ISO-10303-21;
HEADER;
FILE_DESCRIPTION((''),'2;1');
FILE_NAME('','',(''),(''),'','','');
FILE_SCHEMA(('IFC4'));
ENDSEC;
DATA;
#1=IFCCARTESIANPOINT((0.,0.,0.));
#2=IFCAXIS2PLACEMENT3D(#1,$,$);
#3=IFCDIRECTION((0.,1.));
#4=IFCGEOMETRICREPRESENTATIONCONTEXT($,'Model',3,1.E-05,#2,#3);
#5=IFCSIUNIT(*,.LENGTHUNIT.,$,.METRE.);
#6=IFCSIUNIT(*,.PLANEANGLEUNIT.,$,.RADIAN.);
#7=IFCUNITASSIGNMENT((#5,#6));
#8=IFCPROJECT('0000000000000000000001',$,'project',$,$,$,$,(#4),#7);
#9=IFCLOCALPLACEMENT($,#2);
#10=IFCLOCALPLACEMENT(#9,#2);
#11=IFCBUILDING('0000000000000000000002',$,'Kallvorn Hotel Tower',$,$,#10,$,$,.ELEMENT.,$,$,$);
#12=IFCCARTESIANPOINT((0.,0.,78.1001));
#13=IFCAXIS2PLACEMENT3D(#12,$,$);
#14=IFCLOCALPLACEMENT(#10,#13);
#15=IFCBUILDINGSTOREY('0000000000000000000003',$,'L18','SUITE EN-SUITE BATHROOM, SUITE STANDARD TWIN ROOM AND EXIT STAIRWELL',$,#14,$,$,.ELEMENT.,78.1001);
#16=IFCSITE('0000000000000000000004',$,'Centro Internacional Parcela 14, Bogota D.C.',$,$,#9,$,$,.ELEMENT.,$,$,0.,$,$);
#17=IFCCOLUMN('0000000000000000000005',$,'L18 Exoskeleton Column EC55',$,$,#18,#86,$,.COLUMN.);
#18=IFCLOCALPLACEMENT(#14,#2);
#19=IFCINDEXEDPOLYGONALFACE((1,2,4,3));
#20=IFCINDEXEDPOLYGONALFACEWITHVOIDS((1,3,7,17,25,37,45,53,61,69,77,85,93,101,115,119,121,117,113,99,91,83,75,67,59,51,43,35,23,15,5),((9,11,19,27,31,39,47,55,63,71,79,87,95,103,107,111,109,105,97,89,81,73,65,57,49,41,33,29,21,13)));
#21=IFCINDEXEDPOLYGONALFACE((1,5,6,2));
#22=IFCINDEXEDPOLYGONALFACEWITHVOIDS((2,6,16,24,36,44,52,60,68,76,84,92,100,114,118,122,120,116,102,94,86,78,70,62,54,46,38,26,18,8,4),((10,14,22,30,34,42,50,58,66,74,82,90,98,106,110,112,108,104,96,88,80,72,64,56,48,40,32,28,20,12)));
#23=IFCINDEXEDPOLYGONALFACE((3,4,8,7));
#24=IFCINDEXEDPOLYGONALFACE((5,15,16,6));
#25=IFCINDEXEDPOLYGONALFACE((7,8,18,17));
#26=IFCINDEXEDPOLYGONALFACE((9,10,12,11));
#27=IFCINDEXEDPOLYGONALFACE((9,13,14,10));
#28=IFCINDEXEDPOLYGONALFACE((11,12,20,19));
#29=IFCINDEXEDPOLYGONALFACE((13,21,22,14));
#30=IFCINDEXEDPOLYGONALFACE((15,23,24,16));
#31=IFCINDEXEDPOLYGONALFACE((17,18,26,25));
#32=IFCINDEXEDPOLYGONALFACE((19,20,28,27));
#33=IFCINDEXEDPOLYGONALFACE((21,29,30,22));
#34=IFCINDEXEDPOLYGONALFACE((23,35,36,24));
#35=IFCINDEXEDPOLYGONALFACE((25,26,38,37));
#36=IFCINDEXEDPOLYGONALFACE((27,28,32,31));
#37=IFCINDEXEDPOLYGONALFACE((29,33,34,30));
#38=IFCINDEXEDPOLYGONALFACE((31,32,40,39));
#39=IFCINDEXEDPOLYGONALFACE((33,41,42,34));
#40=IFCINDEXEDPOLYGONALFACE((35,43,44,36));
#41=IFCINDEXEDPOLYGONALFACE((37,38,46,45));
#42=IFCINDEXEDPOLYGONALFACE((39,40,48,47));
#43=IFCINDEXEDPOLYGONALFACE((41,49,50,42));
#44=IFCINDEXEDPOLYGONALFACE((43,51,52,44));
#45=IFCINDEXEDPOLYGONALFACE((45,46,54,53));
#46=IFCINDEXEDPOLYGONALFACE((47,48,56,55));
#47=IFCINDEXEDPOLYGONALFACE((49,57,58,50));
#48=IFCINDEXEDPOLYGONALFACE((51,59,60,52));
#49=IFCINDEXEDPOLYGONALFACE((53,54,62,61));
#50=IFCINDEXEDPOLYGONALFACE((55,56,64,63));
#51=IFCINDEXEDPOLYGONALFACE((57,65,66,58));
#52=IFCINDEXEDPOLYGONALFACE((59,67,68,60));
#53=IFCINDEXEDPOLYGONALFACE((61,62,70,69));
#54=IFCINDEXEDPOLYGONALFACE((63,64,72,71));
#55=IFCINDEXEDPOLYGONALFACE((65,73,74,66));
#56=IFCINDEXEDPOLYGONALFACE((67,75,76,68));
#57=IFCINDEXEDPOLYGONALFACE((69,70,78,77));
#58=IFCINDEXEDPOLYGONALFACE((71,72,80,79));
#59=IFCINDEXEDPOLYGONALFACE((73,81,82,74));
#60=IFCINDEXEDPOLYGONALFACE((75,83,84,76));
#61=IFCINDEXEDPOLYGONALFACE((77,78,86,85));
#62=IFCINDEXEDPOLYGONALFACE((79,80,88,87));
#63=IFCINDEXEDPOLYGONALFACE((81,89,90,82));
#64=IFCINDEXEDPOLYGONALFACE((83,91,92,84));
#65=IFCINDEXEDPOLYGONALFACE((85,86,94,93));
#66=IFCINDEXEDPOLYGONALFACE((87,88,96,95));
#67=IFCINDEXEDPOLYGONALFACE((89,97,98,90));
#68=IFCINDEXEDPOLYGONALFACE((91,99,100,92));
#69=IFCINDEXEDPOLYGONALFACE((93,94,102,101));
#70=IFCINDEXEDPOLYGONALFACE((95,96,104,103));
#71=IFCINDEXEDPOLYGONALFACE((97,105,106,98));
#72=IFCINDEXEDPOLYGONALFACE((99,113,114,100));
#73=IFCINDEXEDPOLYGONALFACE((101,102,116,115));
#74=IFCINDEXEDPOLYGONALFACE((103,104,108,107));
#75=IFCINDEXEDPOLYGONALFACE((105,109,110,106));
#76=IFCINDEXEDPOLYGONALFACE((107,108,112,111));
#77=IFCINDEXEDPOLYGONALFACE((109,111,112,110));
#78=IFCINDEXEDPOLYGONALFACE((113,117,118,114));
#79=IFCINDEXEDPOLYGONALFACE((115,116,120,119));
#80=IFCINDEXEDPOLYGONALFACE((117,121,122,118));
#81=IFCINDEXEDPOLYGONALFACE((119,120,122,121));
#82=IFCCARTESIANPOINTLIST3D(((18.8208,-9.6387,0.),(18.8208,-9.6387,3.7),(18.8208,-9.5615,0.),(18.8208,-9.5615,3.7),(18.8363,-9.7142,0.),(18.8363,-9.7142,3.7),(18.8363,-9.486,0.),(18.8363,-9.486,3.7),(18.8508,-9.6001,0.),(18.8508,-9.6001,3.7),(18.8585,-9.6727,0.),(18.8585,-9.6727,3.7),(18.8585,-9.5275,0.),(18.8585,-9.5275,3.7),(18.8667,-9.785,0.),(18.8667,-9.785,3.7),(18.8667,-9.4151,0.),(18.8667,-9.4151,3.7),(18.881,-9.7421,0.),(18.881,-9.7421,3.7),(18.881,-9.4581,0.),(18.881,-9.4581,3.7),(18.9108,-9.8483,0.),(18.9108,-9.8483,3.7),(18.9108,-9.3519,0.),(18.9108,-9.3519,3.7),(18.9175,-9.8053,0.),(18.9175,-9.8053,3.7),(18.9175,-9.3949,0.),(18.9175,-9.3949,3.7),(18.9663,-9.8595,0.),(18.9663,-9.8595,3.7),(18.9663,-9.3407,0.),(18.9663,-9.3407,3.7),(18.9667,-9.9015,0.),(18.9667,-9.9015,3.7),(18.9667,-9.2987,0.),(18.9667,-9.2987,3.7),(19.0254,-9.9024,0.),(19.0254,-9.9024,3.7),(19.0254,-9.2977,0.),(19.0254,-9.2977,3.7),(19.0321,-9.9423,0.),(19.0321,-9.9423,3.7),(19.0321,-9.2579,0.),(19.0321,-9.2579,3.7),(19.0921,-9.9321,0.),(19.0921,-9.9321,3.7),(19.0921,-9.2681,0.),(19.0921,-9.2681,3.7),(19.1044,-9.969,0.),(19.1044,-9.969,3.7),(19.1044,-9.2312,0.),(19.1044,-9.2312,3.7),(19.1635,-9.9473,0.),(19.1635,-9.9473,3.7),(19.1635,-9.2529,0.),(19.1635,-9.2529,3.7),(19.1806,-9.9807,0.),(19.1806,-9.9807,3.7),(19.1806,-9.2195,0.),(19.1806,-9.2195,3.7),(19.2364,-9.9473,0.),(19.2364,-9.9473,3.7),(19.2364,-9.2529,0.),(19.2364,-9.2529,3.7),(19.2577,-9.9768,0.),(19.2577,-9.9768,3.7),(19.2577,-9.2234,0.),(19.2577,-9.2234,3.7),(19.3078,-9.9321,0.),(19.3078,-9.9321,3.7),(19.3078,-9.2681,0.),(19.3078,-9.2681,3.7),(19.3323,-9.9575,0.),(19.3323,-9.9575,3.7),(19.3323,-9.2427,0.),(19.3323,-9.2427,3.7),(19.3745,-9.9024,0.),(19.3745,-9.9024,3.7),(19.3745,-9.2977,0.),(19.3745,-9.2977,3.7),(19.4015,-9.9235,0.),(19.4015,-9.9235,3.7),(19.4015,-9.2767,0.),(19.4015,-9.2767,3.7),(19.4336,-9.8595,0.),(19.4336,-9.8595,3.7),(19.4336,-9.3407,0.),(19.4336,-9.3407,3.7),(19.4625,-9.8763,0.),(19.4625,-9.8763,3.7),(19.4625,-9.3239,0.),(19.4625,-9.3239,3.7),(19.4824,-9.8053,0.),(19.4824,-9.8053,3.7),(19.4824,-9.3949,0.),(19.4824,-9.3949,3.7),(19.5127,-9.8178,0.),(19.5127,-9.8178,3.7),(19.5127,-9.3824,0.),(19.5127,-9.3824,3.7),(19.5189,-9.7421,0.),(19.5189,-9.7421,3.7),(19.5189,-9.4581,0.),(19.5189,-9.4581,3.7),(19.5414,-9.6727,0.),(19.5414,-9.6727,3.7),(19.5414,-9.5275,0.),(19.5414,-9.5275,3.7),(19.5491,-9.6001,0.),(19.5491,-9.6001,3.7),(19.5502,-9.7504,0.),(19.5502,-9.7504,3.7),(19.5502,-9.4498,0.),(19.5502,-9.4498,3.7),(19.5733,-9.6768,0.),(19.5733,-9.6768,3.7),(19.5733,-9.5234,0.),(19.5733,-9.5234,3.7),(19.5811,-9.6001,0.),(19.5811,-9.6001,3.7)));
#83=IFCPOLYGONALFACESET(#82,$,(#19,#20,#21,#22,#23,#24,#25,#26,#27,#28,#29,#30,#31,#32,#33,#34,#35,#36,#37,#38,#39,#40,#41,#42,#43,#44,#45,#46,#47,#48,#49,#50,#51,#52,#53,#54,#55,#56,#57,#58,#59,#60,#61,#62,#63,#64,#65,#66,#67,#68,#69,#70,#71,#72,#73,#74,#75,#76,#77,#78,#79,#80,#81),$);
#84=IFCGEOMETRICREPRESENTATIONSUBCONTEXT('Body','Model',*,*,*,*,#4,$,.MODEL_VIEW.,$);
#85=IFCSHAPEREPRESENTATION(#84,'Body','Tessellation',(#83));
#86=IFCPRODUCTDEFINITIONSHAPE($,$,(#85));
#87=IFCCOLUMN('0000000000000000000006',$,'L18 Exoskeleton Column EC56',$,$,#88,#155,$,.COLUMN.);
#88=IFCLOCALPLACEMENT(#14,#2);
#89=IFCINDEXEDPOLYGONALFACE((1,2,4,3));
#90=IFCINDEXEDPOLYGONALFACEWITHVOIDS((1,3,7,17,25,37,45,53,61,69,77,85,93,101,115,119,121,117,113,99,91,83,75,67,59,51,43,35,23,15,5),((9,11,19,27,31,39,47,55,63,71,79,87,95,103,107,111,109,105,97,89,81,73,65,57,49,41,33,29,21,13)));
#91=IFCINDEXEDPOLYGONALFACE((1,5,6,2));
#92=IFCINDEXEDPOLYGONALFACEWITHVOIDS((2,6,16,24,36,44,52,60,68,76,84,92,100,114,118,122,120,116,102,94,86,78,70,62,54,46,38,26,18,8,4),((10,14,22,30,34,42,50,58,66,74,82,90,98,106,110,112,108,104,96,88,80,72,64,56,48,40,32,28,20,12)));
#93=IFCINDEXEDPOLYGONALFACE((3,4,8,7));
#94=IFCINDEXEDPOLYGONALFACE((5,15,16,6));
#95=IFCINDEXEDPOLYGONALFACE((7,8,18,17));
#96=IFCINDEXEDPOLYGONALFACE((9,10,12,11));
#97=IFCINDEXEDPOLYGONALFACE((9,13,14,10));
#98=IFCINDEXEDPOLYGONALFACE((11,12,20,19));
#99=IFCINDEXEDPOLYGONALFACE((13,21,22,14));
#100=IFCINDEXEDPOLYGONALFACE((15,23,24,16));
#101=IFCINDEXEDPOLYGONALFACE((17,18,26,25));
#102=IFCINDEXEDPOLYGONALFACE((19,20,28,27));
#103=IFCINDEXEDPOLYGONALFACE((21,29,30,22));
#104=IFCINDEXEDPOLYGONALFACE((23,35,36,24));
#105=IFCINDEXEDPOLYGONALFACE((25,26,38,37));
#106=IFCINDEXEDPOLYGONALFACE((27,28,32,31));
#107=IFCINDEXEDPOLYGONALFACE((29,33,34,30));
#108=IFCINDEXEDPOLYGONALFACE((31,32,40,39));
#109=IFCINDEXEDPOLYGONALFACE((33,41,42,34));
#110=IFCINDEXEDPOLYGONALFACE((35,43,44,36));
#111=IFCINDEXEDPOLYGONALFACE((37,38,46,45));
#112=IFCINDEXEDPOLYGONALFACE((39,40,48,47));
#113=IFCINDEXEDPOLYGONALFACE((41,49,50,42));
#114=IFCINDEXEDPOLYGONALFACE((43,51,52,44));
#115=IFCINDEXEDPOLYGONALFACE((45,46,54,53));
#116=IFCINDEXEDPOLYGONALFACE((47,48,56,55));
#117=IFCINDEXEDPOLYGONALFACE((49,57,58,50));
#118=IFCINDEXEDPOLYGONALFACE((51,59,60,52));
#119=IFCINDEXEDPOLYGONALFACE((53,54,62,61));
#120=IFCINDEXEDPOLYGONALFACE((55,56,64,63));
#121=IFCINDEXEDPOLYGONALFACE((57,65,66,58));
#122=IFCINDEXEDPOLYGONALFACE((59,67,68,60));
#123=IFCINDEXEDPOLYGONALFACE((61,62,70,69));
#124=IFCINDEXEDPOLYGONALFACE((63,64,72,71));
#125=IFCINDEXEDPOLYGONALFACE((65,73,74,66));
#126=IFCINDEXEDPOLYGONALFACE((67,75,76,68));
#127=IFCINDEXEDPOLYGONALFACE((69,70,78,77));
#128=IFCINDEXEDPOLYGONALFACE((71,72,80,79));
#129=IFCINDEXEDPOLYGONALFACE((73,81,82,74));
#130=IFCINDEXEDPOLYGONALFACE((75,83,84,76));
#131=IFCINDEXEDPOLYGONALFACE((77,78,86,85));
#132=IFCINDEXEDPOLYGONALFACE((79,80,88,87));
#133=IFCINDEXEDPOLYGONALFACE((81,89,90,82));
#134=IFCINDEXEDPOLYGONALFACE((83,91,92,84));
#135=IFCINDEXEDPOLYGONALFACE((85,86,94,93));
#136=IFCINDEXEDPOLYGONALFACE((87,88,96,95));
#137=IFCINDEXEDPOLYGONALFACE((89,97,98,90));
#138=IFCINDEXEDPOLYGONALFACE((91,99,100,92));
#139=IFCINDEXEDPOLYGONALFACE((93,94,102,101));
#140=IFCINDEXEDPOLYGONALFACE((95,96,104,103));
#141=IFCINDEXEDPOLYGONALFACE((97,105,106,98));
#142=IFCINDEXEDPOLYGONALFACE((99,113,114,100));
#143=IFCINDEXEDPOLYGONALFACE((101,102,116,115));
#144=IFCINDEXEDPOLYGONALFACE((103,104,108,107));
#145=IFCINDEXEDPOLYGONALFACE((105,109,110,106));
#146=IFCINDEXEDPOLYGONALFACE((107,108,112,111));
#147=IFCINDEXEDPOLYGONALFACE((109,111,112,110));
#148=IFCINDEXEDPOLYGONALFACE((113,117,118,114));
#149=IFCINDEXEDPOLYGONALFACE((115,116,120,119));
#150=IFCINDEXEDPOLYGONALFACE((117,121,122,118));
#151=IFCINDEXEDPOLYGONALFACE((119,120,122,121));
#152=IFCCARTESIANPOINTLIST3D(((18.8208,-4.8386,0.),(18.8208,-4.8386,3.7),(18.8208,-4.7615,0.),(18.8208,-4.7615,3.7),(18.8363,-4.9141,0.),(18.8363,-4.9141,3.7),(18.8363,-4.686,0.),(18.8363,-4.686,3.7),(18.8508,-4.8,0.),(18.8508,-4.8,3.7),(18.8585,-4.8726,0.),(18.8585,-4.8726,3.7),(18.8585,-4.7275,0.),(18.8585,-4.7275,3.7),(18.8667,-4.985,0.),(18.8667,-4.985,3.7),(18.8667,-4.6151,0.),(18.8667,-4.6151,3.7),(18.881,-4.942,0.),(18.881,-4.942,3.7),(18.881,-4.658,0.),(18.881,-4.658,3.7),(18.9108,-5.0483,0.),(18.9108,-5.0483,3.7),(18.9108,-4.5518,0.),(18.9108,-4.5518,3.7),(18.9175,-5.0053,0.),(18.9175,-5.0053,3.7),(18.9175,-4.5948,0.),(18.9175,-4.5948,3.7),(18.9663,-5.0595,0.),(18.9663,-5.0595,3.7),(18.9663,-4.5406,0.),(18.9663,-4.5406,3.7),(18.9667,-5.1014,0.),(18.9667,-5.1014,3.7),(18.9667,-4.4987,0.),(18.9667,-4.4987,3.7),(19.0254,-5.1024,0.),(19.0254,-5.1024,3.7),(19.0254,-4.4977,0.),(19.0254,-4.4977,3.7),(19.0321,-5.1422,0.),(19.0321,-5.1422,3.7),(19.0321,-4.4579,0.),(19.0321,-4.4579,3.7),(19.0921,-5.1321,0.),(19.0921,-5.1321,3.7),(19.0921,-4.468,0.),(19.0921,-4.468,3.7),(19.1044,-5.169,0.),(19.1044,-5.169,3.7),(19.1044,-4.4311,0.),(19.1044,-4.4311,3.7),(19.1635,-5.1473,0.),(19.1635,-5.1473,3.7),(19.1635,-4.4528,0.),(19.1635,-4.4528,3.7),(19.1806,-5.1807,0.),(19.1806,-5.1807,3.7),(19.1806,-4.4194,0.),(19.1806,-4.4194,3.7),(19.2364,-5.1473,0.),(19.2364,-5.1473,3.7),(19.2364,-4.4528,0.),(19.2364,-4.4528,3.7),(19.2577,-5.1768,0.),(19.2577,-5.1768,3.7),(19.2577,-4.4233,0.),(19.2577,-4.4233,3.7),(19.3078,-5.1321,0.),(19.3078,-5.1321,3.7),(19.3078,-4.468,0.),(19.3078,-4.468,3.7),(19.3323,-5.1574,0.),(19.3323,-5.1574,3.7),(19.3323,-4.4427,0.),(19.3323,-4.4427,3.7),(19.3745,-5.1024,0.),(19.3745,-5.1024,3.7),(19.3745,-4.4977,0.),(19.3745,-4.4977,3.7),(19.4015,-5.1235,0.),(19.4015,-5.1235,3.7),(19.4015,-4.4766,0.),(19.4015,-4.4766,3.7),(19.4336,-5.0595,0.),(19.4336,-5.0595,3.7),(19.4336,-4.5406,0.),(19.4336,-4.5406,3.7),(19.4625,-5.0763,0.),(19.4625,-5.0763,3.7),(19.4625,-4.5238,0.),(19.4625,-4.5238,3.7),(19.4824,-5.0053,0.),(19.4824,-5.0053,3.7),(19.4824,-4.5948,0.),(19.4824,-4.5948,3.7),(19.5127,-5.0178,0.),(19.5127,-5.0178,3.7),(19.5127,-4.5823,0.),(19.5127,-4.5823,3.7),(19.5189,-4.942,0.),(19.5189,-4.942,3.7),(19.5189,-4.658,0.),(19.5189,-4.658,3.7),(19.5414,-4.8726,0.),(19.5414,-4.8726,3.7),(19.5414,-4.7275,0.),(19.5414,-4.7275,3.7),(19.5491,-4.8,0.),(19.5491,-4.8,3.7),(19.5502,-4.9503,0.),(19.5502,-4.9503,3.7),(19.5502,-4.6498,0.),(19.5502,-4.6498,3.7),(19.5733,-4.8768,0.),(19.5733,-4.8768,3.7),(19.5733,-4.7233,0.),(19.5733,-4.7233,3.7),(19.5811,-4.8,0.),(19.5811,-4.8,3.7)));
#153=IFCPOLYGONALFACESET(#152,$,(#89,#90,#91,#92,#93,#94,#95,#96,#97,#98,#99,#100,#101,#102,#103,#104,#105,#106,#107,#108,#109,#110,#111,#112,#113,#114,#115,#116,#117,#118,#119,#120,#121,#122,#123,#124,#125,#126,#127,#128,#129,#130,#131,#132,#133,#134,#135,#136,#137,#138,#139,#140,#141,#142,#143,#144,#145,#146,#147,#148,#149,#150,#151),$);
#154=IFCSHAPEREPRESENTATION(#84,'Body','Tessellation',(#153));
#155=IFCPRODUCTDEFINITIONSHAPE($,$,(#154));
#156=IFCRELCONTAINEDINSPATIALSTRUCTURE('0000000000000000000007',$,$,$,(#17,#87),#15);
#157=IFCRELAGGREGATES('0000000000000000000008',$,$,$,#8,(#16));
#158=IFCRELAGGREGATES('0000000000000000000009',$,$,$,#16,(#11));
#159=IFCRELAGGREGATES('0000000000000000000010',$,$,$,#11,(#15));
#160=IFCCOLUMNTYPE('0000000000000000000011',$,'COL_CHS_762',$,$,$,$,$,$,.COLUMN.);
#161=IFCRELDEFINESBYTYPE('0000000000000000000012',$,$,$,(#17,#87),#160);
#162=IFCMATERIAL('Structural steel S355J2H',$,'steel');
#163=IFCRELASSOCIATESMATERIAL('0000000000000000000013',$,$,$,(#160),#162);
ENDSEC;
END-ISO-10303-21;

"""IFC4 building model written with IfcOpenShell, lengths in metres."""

from ifc_helpers import new_model, si_unit, direction, frame, origin, origin_2d, place, context, subcontext, project, spatial, hollow_circle, extrude, material, material_profile, profile_set, type_object, element, save


model = new_model("IFC4")

# Units and contexts
model_context = context("Model", 3, precision=1e-05, world=origin(), true_north=direction((0.0, 1.0)))
body_context = subcontext(model_context, "Body", "Model", "MODEL_VIEW")
ifc_project = project(units=[si_unit("LENGTHUNIT", "METRE"), si_unit("PLANEANGLEUNIT", "RADIAN")], contexts=[model_context])

# Site, building, storey
site_placement = place(None, origin())
site = spatial("IfcSite", under=ifc_project, at=site_placement, Name="Centro Internacional Parcela 14, Bogota D.C.", CompositionType="ELEMENT", RefElevation=0.0)
building_placement = place(site_placement, origin())
building = spatial("IfcBuilding", under=site, at=building_placement, Name="Kallvorn Hotel Tower", CompositionType="ELEMENT")
storey_placement = place(building_placement, frame((0.0, 0.0, 78.1001)))
storey = spatial("IfcBuildingStorey", under=building, at=storey_placement, Name="L18", Description="SUITE EN-SUITE BATHROOM, SUITE STANDARD TWIN ROOM AND EXIT STAIRWELL", CompositionType="ELEMENT", Elevation=78.1001)

# Columns
ifc_material_1 = material(Name="Structural steel S355J2H", Category="steel")
ifc_material_profile_1 = material_profile(ifc_material_1, hollow_circle(Radius=0.3811, WallThickness=0.032, at=origin_2d()), Name="CHS 762x32")
ifc_profile_set_1 = profile_set([ifc_material_profile_1], Name="Structural steel S355J2H")
column_type_1 = type_object("IfcColumnType", Name="COL_CHS_762", PredefinedType="COLUMN", material=ifc_profile_set_1)
for number, where, z_axis, x_axis, name in (
    (1, (19.2, -9.6001, 0.0), (0.0, 0.0, 1.0), (1.0, 0.0, 0.0), "L18 Exoskeleton Column EC55"),
    (2, (19.2, -4.8, 0.0), (0.0, 0.0, 1.0), (1.0, 0.0, 0.0), "L18 Exoskeleton Column EC56"),
):
    element("IfcColumn", number, at=place(storey_placement, frame(where, z_axis=z_axis, x_axis=x_axis)), inside=storey, type_object=column_type_1, Name=name, PredefinedType="COLUMN", context=body_context, shape_type="SweptSolid", body=[
        extrude(hollow_circle(Radius=0.3811, WallThickness=0.032, at=origin_2d()), origin(), (0.0, 0.0, 1.0), 3.7),
    ])

save(model, "model.ifc")
